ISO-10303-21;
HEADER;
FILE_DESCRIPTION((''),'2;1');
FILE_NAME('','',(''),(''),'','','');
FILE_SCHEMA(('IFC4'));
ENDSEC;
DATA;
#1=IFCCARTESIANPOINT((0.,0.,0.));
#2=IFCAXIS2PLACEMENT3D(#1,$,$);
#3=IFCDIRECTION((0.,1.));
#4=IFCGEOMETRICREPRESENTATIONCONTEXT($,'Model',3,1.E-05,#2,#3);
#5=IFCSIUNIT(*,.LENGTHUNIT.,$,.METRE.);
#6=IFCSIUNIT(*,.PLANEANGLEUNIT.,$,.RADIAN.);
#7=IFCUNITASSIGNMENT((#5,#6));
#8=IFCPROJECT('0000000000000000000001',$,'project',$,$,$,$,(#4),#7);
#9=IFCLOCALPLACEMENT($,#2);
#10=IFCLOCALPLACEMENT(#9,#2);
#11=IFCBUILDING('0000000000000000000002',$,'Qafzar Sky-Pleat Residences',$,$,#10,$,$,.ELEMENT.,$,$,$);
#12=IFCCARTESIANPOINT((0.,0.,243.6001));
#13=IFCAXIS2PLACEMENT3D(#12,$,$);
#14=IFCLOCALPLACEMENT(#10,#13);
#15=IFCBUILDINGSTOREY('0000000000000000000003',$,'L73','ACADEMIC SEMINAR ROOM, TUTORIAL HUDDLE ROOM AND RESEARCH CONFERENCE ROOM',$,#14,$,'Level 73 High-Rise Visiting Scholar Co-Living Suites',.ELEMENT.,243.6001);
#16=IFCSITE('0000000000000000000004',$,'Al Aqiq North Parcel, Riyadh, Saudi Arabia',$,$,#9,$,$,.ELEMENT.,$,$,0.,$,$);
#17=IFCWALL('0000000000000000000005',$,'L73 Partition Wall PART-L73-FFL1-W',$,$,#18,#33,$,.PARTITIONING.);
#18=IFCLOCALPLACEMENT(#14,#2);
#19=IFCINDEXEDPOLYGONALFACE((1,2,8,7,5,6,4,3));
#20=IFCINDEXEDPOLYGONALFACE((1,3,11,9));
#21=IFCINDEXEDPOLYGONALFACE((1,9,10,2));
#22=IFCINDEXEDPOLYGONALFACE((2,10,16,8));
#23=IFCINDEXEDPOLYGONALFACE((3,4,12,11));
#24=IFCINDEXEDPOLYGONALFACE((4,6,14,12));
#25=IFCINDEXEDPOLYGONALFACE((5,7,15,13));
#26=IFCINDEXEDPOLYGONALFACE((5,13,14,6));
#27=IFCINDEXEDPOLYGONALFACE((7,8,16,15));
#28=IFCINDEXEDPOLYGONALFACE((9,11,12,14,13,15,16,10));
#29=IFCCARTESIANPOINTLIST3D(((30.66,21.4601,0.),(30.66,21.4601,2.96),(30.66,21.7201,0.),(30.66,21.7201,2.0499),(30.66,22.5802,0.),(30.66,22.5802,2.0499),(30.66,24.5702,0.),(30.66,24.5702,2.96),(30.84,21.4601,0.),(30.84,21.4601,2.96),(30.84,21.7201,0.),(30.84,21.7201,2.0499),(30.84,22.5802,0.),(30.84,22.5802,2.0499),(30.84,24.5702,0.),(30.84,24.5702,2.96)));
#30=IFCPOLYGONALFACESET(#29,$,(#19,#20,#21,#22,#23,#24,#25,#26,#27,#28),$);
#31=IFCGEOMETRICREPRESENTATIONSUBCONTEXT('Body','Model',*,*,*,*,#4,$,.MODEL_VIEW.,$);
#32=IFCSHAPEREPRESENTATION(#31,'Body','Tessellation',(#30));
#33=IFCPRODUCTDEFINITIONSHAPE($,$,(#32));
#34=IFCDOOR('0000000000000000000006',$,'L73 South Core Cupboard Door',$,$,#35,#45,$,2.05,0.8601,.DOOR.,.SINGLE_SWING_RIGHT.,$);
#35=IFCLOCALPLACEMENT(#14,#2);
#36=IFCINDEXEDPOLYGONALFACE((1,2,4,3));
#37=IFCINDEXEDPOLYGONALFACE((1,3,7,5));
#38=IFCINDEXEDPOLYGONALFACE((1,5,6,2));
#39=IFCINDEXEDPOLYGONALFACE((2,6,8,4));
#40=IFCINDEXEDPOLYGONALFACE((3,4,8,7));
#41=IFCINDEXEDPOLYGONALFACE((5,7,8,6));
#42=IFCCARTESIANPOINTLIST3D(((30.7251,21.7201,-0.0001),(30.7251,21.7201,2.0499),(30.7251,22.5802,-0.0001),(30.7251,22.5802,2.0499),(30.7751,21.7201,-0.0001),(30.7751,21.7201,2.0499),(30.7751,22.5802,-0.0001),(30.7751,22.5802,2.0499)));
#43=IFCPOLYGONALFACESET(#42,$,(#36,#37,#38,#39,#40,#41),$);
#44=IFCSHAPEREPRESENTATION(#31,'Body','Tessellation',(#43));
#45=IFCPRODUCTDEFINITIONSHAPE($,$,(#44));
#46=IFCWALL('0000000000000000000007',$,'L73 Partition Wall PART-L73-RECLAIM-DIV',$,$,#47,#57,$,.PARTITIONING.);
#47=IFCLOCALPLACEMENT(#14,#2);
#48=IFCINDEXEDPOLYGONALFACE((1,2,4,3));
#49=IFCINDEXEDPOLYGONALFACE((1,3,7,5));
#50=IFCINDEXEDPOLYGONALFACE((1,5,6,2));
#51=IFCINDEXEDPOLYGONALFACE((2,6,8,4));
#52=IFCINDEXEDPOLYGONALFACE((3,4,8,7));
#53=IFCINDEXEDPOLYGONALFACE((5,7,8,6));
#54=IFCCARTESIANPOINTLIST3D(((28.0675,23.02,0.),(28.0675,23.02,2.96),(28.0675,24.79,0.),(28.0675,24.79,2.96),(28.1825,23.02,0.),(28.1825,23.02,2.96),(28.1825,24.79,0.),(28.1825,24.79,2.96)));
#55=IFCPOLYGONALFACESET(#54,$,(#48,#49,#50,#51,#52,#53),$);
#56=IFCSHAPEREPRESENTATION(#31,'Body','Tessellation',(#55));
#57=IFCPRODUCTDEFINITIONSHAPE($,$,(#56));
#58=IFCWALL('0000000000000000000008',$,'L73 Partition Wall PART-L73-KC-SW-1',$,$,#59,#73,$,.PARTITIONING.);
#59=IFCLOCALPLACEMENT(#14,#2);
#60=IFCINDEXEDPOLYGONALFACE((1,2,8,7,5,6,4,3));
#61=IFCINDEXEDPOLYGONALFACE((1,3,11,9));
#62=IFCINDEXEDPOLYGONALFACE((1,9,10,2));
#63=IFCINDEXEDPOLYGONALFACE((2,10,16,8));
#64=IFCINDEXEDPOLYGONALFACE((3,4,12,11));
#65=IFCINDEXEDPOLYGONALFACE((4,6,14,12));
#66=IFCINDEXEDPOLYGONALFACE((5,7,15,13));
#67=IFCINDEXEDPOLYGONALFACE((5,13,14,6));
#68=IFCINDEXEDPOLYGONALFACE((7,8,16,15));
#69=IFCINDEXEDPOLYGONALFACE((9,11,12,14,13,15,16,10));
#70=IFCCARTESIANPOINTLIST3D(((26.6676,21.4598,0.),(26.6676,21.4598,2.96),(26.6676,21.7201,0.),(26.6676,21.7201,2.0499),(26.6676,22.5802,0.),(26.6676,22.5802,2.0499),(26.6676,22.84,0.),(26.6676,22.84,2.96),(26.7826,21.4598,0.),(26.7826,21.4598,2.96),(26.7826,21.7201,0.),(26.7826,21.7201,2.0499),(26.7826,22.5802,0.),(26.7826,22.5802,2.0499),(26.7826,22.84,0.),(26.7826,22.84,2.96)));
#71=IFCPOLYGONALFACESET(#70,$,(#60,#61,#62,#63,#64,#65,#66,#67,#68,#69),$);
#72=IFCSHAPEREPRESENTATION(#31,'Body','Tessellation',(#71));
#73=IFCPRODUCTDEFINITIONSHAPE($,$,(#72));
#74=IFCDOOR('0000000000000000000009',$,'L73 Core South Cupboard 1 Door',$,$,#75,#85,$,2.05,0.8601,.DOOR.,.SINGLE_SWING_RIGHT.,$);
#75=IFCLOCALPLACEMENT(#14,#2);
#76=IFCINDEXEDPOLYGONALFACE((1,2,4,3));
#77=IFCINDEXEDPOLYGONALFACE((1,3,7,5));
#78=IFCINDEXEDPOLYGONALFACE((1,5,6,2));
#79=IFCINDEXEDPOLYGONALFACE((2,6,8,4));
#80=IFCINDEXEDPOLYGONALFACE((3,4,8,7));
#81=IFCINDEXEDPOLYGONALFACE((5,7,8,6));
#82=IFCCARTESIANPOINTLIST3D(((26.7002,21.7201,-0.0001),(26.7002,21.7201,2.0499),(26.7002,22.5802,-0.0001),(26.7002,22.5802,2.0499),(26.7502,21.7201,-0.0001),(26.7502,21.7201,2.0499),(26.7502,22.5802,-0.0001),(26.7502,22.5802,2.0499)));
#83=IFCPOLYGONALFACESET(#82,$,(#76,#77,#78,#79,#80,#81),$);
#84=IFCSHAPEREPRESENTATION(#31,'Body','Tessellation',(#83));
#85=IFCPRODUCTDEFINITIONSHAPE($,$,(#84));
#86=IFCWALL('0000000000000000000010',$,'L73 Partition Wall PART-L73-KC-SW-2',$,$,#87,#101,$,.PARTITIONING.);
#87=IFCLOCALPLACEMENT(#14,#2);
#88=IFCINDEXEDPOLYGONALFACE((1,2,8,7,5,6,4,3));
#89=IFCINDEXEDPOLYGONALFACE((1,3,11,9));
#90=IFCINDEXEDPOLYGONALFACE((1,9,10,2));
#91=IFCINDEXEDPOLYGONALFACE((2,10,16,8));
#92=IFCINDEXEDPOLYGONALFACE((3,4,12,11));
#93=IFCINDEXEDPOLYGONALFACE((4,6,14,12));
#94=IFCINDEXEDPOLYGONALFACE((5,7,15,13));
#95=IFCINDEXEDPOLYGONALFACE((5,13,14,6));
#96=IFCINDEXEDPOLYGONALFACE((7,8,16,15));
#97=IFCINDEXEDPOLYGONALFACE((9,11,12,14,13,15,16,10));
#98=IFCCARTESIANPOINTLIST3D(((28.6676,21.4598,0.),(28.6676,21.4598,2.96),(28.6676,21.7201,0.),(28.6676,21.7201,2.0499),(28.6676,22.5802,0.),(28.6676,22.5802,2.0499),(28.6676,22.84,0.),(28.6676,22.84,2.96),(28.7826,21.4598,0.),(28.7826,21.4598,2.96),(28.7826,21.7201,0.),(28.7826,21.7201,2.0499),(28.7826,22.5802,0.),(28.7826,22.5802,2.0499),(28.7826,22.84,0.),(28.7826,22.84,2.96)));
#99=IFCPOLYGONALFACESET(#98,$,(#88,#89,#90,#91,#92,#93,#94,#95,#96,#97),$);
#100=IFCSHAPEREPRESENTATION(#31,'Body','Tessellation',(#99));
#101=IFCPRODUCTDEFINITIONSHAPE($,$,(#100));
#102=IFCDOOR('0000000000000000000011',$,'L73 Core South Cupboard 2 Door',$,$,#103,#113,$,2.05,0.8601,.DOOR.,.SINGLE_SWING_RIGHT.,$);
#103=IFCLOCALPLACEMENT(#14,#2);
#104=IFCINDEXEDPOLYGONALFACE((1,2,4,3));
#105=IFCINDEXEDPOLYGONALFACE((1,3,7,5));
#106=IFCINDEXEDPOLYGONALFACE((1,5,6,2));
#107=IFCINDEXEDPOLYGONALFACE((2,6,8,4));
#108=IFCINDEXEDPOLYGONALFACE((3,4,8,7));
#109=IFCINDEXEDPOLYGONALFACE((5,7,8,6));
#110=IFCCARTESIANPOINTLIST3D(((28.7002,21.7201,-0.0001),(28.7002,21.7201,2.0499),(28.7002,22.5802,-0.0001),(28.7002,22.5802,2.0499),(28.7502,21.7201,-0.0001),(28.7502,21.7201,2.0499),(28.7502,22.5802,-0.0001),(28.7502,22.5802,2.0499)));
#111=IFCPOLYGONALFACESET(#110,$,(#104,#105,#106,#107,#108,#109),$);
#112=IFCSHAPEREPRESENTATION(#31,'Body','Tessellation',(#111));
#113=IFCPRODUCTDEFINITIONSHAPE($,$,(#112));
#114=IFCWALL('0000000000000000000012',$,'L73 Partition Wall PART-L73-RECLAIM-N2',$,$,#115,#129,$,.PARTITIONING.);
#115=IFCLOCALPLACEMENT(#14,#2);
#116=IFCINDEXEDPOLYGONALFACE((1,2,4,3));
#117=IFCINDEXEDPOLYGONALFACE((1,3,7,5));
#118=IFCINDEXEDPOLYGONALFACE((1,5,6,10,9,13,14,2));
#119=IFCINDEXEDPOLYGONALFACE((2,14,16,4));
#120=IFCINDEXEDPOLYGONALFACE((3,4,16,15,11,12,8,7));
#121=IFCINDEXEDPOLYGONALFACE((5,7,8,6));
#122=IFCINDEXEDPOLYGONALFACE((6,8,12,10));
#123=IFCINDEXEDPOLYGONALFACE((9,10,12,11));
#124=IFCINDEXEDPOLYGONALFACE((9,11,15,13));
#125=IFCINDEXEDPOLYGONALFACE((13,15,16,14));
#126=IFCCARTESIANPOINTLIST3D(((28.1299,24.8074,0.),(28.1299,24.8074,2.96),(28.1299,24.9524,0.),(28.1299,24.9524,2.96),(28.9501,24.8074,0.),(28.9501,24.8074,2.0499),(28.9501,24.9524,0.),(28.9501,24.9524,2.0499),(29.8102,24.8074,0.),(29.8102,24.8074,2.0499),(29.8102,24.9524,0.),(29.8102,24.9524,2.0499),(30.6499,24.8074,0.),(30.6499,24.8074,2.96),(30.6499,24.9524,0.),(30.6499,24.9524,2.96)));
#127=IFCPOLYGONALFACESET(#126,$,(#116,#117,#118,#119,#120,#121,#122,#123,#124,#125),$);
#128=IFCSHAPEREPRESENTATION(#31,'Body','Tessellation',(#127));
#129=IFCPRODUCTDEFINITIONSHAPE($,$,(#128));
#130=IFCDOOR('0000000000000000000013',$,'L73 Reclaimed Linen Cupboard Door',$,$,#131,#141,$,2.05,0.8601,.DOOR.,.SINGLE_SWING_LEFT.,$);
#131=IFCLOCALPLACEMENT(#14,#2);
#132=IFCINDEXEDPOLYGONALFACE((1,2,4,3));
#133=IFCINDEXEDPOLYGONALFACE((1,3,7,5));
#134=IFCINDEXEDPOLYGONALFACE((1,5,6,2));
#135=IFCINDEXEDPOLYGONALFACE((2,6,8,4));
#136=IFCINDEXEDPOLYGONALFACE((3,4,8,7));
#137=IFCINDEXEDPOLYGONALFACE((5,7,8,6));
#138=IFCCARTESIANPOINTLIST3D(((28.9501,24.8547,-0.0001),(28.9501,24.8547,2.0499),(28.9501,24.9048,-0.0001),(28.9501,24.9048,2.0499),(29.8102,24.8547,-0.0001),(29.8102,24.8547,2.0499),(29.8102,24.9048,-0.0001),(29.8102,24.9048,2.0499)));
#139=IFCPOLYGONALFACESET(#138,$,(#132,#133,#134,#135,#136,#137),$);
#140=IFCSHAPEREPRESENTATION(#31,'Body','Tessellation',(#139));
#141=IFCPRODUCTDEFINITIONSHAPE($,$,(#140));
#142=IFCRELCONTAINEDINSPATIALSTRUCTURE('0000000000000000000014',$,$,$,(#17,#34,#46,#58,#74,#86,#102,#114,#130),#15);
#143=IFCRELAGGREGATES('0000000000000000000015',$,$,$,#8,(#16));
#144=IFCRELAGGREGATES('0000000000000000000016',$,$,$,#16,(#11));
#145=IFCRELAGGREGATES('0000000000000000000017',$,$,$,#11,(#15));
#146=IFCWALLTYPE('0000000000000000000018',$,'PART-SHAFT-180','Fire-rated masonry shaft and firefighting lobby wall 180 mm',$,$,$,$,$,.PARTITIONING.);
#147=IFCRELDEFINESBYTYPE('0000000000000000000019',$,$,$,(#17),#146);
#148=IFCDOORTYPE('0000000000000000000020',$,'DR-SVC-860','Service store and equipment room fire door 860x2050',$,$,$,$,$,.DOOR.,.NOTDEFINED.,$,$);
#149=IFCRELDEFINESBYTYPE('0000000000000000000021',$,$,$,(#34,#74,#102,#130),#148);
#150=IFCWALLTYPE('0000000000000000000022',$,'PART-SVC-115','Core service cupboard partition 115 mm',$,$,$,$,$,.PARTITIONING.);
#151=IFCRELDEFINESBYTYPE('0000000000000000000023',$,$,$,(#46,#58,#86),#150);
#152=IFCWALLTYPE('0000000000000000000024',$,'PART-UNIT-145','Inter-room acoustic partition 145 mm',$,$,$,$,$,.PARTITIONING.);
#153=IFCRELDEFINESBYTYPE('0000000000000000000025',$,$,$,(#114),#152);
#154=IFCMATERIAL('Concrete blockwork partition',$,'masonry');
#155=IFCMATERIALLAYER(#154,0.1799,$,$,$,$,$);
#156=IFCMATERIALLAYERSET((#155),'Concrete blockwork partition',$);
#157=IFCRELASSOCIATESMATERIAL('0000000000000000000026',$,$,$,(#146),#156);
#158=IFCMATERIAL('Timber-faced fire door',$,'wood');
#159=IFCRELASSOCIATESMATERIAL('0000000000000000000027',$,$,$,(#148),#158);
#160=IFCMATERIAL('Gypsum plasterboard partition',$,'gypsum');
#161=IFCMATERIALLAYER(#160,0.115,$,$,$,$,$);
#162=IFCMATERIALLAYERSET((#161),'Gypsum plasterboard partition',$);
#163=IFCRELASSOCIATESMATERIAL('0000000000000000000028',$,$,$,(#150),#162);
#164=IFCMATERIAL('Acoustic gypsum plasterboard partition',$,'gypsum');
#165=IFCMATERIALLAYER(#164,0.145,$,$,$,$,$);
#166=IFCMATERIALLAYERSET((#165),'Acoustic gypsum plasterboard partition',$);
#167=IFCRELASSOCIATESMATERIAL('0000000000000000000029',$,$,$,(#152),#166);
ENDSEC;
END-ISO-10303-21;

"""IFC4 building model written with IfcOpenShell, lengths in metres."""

from ifc_helpers import new_model, si_unit, direction, frame, frame_2d, origin, place, context, subcontext, project, spatial, rectangle, extrude, source, transform, mapped, material, layer, layer_set, type_object, element, fill, save


model = new_model("IFC4")

# Units and contexts
model_context = context("Model", 3, precision=1e-05, world=origin(), true_north=direction((0.0, 1.0)))
body_context = subcontext(model_context, "Body", "Model", "MODEL_VIEW")
ifc_project = project(units=[si_unit("LENGTHUNIT", "METRE"), si_unit("PLANEANGLEUNIT", "RADIAN")], contexts=[model_context])

# Site, building, storey
site_placement = place(None, origin())
site = spatial("IfcSite", under=ifc_project, at=site_placement, Name="Al Aqiq North Parcel, Riyadh, Saudi Arabia", CompositionType="ELEMENT", RefElevation=0.0)
building_placement = place(site_placement, origin())
building = spatial("IfcBuilding", under=site, at=building_placement, Name="Qafzar Sky-Pleat Residences", CompositionType="ELEMENT")
storey_placement = place(building_placement, frame((0.0, 0.0, 243.6001)))
storey = spatial("IfcBuildingStorey", under=building, at=storey_placement, Name="L73", Description="ACADEMIC SEMINAR ROOM, TUTORIAL HUDDLE ROOM AND RESEARCH CONFERENCE ROOM", LongName="Level 73 High-Rise Visiting Scholar Co-Living Suites", CompositionType="ELEMENT", Elevation=243.6001)

# Wall, opening, door
ifc_material_1 = material(Name="Concrete blockwork partition", Category="masonry")
ifc_layer_1 = layer(ifc_material_1, 0.1799)
ifc_layer_set_1 = layer_set([ifc_layer_1], Name="Concrete blockwork partition")
wall_type_1 = type_object("IfcWallType", Name="PART-SHAFT-180", Description="Fire-rated masonry shaft and firefighting lobby wall 180 mm", PredefinedType="PARTITIONING", material=ifc_layer_set_1)
wall_1_placement = place(storey_placement, frame((30.75, 21.46, 0.0), z_axis=(0.0, 0.0, 1.0), x_axis=(0.0, 1.0, 0.0)))
wall_1 = element("IfcWall", 1, at=wall_1_placement, inside=storey, type_object=wall_type_1, Name="L73 Partition Wall PART-L73-FFL1-W", PredefinedType="PARTITIONING", context=body_context, shape_type="SweptSolid", body=[
    extrude(rectangle(XDim=3.1101, YDim=0.1799, at=frame_2d((1.5552, 0.0))), origin(), (0.0, 0.0, 1.0), 2.96),
])
opening_1_placement = place(wall_1_placement, frame((0.26, 0.0, 0.0)))
opening_1 = element("IfcOpeningElement", 2, at=opening_1_placement, cuts=wall_1, PredefinedType="OPENING", context=body_context, shape_type="SweptSolid", body=[
    extrude(rectangle(XDim=0.8601, YDim=2.05, at=frame_2d((0.4302, 1.0249))), frame((0.0, 0.1001, 0.0), z_axis=(0.0, -1.0, 0.0), x_axis=(1.0, 0.0, 0.0)), (0.0, 0.0, 1.0), 0.2),
])
ifc_material_2 = material(Name="Timber-faced fire door", Category="wood")
door_type_1 = type_object("IfcDoorType", Name="DR-SVC-860", Description="Service store and equipment room fire door 860x2050", OperationType="NOTDEFINED", PredefinedType="DOOR", material=ifc_material_2)
shared_shape_1 = source(origin(), body_context, "Body", "SweptSolid", [
    extrude(rectangle(XDim=0.8601, YDim=2.05, at=frame_2d((0.4302, 1.0249))), frame((0.0, 0.0249, 0.0), z_axis=(0.0, -1.0, 0.0), x_axis=(1.0, 0.0, 0.0)), (0.0, 0.0, 1.0), 0.05),
])
door_1_placement = place(opening_1_placement, origin())
door_1 = element("IfcDoor", 3, at=door_1_placement, inside=storey, type_object=door_type_1, Name="L73 South Core Cupboard Door", OperationType="SINGLE_SWING_RIGHT", OverallHeight=2.05, OverallWidth=0.8601, PredefinedType="DOOR", context=body_context, shape_type="MappedRepresentation", body=[
    mapped(shared_shape_1, transform((0.0, 0.0, 0.0), x_axis=(1.0, 0.0, 0.0), y_axis=(0.0, 1.0, 0.0), z_axis=(0.0, 0.0, 1.0), scale=1.0)),
])
fill(opening_1, door_1)

# Wall
ifc_material_3 = material(Name="Gypsum plasterboard partition", Category="gypsum")
ifc_layer_2 = layer(ifc_material_3, 0.115)
ifc_layer_set_2 = layer_set([ifc_layer_2], Name="Gypsum plasterboard partition")
wall_type_2 = type_object("IfcWallType", Name="PART-SVC-115", Description="Core service cupboard partition 115 mm", PredefinedType="PARTITIONING", material=ifc_layer_set_2)
wall_2_placement = place(storey_placement, frame((28.125, 23.02, 0.0), z_axis=(0.0, 0.0, 1.0), x_axis=(0.0, 1.0, 0.0)))
element("IfcWall", 4, at=wall_2_placement, inside=storey, type_object=wall_type_2, Name="L73 Partition Wall PART-L73-RECLAIM-DIV", PredefinedType="PARTITIONING", context=body_context, shape_type="SweptSolid", body=[
    extrude(rectangle(XDim=1.77, YDim=0.115, at=frame_2d((0.885, 0.0))), origin(), (0.0, 0.0, 1.0), 2.96),
])

# Walls, openings, doors
wall_3_placement = place(storey_placement, frame((26.7251, 21.46, 0.0), z_axis=(0.0, 0.0, 1.0), x_axis=(0.0, 1.0, 0.0)))
wall_3 = element("IfcWall", 5, at=wall_3_placement, inside=storey, type_object=wall_type_2, Name="L73 Partition Wall PART-L73-KC-SW-1", PredefinedType="PARTITIONING", context=body_context, shape_type="SweptSolid", body=[
    extrude(rectangle(XDim=1.3801, YDim=0.115, at=frame_2d((0.6899, 0.0))), origin(), (0.0, 0.0, 1.0), 2.96),
])
opening_2_placement = place(wall_3_placement, frame((0.26, 0.0, 0.0)))
opening_2 = element("IfcOpeningElement", 6, at=opening_2_placement, cuts=wall_3, PredefinedType="OPENING", context=body_context, shape_type="SweptSolid", body=[
    extrude(rectangle(XDim=0.8601, YDim=2.05, at=frame_2d((0.4302, 1.0249))), frame((0.0, 0.0674, 0.0), z_axis=(0.0, -1.0, 0.0), x_axis=(1.0, 0.0, 0.0)), (0.0, 0.0, 1.0), 0.135),
])
door_2_placement = place(opening_2_placement, origin())
door_2 = element("IfcDoor", 7, at=door_2_placement, inside=storey, type_object=door_type_1, Name="L73 Core South Cupboard 1 Door", OperationType="SINGLE_SWING_RIGHT", OverallHeight=2.05, OverallWidth=0.8601, PredefinedType="DOOR", context=body_context, shape_type="MappedRepresentation", body=[
    mapped(shared_shape_1, transform((0.0, 0.0, 0.0), x_axis=(1.0, 0.0, 0.0), y_axis=(0.0, 1.0, 0.0), z_axis=(0.0, 0.0, 1.0), scale=1.0)),
])
fill(opening_2, door_2)
wall_4_placement = place(storey_placement, frame((28.7251, 21.46, 0.0), z_axis=(0.0, 0.0, 1.0), x_axis=(0.0, 1.0, 0.0)))
wall_4 = element("IfcWall", 8, at=wall_4_placement, inside=storey, type_object=wall_type_2, Name="L73 Partition Wall PART-L73-KC-SW-2", PredefinedType="PARTITIONING", context=body_context, shape_type="SweptSolid", body=[
    extrude(rectangle(XDim=1.3801, YDim=0.115, at=frame_2d((0.6899, 0.0))), origin(), (0.0, 0.0, 1.0), 2.96),
])
opening_3_placement = place(wall_4_placement, frame((0.26, 0.0, 0.0)))
opening_3 = element("IfcOpeningElement", 9, at=opening_3_placement, cuts=wall_4, PredefinedType="OPENING", context=body_context, shape_type="SweptSolid", body=[
    extrude(rectangle(XDim=0.8601, YDim=2.05, at=frame_2d((0.4302, 1.0249))), frame((0.0, 0.0674, 0.0), z_axis=(0.0, -1.0, 0.0), x_axis=(1.0, 0.0, 0.0)), (0.0, 0.0, 1.0), 0.135),
])
door_3_placement = place(opening_3_placement, origin())
door_3 = element("IfcDoor", 10, at=door_3_placement, inside=storey, type_object=door_type_1, Name="L73 Core South Cupboard 2 Door", OperationType="SINGLE_SWING_RIGHT", OverallHeight=2.05, OverallWidth=0.8601, PredefinedType="DOOR", context=body_context, shape_type="MappedRepresentation", body=[
    mapped(shared_shape_1, transform((0.0, 0.0, 0.0), x_axis=(1.0, 0.0, 0.0), y_axis=(0.0, 1.0, 0.0), z_axis=(0.0, 0.0, 1.0), scale=1.0)),
])
fill(opening_3, door_3)
ifc_material_4 = material(Name="Acoustic gypsum plasterboard partition", Category="gypsum")
ifc_layer_3 = layer(ifc_material_4, 0.145)
ifc_layer_set_3 = layer_set([ifc_layer_3], Name="Acoustic gypsum plasterboard partition")
wall_type_3 = type_object("IfcWallType", Name="PART-UNIT-145", Description="Inter-room acoustic partition 145 mm", PredefinedType="PARTITIONING", material=ifc_layer_set_3)
wall_5_placement = place(storey_placement, frame((28.1299, 24.8799, 0.0), z_axis=(0.0, 0.0, 1.0), x_axis=(1.0, 0.0, 0.0)))
wall_5 = element("IfcWall", 11, at=wall_5_placement, inside=storey, type_object=wall_type_3, Name="L73 Partition Wall PART-L73-RECLAIM-N2", PredefinedType="PARTITIONING", context=body_context, shape_type="SweptSolid", body=[
    extrude(rectangle(XDim=2.52, YDim=0.145, at=frame_2d((1.26, 0.0))), origin(), (0.0, 0.0, 1.0), 2.96),
])
opening_4_placement = place(wall_5_placement, frame((0.8201, 0.0, 0.0)))
opening_4 = element("IfcOpeningElement", 12, at=opening_4_placement, cuts=wall_5, PredefinedType="OPENING", context=body_context, shape_type="SweptSolid", body=[
    extrude(rectangle(XDim=0.8601, YDim=2.05, at=frame_2d((0.4302, 1.0249))), frame((0.0, 0.0825, 0.0), z_axis=(0.0, -1.0, 0.0), x_axis=(1.0, 0.0, 0.0)), (0.0, 0.0, 1.0), 0.165),
])
door_4_placement = place(opening_4_placement, origin())
door_4 = element("IfcDoor", 13, at=door_4_placement, inside=storey, type_object=door_type_1, Name="L73 Reclaimed Linen Cupboard Door", OperationType="SINGLE_SWING_LEFT", OverallHeight=2.05, OverallWidth=0.8601, PredefinedType="DOOR", context=body_context, shape_type="MappedRepresentation", body=[
    mapped(shared_shape_1, transform((0.0, 0.0, 0.0), x_axis=(1.0, 0.0, 0.0), y_axis=(0.0, 1.0, 0.0), z_axis=(0.0, 0.0, 1.0), scale=1.0)),
])
fill(opening_4, door_4)

save(model, "model.ifc")
